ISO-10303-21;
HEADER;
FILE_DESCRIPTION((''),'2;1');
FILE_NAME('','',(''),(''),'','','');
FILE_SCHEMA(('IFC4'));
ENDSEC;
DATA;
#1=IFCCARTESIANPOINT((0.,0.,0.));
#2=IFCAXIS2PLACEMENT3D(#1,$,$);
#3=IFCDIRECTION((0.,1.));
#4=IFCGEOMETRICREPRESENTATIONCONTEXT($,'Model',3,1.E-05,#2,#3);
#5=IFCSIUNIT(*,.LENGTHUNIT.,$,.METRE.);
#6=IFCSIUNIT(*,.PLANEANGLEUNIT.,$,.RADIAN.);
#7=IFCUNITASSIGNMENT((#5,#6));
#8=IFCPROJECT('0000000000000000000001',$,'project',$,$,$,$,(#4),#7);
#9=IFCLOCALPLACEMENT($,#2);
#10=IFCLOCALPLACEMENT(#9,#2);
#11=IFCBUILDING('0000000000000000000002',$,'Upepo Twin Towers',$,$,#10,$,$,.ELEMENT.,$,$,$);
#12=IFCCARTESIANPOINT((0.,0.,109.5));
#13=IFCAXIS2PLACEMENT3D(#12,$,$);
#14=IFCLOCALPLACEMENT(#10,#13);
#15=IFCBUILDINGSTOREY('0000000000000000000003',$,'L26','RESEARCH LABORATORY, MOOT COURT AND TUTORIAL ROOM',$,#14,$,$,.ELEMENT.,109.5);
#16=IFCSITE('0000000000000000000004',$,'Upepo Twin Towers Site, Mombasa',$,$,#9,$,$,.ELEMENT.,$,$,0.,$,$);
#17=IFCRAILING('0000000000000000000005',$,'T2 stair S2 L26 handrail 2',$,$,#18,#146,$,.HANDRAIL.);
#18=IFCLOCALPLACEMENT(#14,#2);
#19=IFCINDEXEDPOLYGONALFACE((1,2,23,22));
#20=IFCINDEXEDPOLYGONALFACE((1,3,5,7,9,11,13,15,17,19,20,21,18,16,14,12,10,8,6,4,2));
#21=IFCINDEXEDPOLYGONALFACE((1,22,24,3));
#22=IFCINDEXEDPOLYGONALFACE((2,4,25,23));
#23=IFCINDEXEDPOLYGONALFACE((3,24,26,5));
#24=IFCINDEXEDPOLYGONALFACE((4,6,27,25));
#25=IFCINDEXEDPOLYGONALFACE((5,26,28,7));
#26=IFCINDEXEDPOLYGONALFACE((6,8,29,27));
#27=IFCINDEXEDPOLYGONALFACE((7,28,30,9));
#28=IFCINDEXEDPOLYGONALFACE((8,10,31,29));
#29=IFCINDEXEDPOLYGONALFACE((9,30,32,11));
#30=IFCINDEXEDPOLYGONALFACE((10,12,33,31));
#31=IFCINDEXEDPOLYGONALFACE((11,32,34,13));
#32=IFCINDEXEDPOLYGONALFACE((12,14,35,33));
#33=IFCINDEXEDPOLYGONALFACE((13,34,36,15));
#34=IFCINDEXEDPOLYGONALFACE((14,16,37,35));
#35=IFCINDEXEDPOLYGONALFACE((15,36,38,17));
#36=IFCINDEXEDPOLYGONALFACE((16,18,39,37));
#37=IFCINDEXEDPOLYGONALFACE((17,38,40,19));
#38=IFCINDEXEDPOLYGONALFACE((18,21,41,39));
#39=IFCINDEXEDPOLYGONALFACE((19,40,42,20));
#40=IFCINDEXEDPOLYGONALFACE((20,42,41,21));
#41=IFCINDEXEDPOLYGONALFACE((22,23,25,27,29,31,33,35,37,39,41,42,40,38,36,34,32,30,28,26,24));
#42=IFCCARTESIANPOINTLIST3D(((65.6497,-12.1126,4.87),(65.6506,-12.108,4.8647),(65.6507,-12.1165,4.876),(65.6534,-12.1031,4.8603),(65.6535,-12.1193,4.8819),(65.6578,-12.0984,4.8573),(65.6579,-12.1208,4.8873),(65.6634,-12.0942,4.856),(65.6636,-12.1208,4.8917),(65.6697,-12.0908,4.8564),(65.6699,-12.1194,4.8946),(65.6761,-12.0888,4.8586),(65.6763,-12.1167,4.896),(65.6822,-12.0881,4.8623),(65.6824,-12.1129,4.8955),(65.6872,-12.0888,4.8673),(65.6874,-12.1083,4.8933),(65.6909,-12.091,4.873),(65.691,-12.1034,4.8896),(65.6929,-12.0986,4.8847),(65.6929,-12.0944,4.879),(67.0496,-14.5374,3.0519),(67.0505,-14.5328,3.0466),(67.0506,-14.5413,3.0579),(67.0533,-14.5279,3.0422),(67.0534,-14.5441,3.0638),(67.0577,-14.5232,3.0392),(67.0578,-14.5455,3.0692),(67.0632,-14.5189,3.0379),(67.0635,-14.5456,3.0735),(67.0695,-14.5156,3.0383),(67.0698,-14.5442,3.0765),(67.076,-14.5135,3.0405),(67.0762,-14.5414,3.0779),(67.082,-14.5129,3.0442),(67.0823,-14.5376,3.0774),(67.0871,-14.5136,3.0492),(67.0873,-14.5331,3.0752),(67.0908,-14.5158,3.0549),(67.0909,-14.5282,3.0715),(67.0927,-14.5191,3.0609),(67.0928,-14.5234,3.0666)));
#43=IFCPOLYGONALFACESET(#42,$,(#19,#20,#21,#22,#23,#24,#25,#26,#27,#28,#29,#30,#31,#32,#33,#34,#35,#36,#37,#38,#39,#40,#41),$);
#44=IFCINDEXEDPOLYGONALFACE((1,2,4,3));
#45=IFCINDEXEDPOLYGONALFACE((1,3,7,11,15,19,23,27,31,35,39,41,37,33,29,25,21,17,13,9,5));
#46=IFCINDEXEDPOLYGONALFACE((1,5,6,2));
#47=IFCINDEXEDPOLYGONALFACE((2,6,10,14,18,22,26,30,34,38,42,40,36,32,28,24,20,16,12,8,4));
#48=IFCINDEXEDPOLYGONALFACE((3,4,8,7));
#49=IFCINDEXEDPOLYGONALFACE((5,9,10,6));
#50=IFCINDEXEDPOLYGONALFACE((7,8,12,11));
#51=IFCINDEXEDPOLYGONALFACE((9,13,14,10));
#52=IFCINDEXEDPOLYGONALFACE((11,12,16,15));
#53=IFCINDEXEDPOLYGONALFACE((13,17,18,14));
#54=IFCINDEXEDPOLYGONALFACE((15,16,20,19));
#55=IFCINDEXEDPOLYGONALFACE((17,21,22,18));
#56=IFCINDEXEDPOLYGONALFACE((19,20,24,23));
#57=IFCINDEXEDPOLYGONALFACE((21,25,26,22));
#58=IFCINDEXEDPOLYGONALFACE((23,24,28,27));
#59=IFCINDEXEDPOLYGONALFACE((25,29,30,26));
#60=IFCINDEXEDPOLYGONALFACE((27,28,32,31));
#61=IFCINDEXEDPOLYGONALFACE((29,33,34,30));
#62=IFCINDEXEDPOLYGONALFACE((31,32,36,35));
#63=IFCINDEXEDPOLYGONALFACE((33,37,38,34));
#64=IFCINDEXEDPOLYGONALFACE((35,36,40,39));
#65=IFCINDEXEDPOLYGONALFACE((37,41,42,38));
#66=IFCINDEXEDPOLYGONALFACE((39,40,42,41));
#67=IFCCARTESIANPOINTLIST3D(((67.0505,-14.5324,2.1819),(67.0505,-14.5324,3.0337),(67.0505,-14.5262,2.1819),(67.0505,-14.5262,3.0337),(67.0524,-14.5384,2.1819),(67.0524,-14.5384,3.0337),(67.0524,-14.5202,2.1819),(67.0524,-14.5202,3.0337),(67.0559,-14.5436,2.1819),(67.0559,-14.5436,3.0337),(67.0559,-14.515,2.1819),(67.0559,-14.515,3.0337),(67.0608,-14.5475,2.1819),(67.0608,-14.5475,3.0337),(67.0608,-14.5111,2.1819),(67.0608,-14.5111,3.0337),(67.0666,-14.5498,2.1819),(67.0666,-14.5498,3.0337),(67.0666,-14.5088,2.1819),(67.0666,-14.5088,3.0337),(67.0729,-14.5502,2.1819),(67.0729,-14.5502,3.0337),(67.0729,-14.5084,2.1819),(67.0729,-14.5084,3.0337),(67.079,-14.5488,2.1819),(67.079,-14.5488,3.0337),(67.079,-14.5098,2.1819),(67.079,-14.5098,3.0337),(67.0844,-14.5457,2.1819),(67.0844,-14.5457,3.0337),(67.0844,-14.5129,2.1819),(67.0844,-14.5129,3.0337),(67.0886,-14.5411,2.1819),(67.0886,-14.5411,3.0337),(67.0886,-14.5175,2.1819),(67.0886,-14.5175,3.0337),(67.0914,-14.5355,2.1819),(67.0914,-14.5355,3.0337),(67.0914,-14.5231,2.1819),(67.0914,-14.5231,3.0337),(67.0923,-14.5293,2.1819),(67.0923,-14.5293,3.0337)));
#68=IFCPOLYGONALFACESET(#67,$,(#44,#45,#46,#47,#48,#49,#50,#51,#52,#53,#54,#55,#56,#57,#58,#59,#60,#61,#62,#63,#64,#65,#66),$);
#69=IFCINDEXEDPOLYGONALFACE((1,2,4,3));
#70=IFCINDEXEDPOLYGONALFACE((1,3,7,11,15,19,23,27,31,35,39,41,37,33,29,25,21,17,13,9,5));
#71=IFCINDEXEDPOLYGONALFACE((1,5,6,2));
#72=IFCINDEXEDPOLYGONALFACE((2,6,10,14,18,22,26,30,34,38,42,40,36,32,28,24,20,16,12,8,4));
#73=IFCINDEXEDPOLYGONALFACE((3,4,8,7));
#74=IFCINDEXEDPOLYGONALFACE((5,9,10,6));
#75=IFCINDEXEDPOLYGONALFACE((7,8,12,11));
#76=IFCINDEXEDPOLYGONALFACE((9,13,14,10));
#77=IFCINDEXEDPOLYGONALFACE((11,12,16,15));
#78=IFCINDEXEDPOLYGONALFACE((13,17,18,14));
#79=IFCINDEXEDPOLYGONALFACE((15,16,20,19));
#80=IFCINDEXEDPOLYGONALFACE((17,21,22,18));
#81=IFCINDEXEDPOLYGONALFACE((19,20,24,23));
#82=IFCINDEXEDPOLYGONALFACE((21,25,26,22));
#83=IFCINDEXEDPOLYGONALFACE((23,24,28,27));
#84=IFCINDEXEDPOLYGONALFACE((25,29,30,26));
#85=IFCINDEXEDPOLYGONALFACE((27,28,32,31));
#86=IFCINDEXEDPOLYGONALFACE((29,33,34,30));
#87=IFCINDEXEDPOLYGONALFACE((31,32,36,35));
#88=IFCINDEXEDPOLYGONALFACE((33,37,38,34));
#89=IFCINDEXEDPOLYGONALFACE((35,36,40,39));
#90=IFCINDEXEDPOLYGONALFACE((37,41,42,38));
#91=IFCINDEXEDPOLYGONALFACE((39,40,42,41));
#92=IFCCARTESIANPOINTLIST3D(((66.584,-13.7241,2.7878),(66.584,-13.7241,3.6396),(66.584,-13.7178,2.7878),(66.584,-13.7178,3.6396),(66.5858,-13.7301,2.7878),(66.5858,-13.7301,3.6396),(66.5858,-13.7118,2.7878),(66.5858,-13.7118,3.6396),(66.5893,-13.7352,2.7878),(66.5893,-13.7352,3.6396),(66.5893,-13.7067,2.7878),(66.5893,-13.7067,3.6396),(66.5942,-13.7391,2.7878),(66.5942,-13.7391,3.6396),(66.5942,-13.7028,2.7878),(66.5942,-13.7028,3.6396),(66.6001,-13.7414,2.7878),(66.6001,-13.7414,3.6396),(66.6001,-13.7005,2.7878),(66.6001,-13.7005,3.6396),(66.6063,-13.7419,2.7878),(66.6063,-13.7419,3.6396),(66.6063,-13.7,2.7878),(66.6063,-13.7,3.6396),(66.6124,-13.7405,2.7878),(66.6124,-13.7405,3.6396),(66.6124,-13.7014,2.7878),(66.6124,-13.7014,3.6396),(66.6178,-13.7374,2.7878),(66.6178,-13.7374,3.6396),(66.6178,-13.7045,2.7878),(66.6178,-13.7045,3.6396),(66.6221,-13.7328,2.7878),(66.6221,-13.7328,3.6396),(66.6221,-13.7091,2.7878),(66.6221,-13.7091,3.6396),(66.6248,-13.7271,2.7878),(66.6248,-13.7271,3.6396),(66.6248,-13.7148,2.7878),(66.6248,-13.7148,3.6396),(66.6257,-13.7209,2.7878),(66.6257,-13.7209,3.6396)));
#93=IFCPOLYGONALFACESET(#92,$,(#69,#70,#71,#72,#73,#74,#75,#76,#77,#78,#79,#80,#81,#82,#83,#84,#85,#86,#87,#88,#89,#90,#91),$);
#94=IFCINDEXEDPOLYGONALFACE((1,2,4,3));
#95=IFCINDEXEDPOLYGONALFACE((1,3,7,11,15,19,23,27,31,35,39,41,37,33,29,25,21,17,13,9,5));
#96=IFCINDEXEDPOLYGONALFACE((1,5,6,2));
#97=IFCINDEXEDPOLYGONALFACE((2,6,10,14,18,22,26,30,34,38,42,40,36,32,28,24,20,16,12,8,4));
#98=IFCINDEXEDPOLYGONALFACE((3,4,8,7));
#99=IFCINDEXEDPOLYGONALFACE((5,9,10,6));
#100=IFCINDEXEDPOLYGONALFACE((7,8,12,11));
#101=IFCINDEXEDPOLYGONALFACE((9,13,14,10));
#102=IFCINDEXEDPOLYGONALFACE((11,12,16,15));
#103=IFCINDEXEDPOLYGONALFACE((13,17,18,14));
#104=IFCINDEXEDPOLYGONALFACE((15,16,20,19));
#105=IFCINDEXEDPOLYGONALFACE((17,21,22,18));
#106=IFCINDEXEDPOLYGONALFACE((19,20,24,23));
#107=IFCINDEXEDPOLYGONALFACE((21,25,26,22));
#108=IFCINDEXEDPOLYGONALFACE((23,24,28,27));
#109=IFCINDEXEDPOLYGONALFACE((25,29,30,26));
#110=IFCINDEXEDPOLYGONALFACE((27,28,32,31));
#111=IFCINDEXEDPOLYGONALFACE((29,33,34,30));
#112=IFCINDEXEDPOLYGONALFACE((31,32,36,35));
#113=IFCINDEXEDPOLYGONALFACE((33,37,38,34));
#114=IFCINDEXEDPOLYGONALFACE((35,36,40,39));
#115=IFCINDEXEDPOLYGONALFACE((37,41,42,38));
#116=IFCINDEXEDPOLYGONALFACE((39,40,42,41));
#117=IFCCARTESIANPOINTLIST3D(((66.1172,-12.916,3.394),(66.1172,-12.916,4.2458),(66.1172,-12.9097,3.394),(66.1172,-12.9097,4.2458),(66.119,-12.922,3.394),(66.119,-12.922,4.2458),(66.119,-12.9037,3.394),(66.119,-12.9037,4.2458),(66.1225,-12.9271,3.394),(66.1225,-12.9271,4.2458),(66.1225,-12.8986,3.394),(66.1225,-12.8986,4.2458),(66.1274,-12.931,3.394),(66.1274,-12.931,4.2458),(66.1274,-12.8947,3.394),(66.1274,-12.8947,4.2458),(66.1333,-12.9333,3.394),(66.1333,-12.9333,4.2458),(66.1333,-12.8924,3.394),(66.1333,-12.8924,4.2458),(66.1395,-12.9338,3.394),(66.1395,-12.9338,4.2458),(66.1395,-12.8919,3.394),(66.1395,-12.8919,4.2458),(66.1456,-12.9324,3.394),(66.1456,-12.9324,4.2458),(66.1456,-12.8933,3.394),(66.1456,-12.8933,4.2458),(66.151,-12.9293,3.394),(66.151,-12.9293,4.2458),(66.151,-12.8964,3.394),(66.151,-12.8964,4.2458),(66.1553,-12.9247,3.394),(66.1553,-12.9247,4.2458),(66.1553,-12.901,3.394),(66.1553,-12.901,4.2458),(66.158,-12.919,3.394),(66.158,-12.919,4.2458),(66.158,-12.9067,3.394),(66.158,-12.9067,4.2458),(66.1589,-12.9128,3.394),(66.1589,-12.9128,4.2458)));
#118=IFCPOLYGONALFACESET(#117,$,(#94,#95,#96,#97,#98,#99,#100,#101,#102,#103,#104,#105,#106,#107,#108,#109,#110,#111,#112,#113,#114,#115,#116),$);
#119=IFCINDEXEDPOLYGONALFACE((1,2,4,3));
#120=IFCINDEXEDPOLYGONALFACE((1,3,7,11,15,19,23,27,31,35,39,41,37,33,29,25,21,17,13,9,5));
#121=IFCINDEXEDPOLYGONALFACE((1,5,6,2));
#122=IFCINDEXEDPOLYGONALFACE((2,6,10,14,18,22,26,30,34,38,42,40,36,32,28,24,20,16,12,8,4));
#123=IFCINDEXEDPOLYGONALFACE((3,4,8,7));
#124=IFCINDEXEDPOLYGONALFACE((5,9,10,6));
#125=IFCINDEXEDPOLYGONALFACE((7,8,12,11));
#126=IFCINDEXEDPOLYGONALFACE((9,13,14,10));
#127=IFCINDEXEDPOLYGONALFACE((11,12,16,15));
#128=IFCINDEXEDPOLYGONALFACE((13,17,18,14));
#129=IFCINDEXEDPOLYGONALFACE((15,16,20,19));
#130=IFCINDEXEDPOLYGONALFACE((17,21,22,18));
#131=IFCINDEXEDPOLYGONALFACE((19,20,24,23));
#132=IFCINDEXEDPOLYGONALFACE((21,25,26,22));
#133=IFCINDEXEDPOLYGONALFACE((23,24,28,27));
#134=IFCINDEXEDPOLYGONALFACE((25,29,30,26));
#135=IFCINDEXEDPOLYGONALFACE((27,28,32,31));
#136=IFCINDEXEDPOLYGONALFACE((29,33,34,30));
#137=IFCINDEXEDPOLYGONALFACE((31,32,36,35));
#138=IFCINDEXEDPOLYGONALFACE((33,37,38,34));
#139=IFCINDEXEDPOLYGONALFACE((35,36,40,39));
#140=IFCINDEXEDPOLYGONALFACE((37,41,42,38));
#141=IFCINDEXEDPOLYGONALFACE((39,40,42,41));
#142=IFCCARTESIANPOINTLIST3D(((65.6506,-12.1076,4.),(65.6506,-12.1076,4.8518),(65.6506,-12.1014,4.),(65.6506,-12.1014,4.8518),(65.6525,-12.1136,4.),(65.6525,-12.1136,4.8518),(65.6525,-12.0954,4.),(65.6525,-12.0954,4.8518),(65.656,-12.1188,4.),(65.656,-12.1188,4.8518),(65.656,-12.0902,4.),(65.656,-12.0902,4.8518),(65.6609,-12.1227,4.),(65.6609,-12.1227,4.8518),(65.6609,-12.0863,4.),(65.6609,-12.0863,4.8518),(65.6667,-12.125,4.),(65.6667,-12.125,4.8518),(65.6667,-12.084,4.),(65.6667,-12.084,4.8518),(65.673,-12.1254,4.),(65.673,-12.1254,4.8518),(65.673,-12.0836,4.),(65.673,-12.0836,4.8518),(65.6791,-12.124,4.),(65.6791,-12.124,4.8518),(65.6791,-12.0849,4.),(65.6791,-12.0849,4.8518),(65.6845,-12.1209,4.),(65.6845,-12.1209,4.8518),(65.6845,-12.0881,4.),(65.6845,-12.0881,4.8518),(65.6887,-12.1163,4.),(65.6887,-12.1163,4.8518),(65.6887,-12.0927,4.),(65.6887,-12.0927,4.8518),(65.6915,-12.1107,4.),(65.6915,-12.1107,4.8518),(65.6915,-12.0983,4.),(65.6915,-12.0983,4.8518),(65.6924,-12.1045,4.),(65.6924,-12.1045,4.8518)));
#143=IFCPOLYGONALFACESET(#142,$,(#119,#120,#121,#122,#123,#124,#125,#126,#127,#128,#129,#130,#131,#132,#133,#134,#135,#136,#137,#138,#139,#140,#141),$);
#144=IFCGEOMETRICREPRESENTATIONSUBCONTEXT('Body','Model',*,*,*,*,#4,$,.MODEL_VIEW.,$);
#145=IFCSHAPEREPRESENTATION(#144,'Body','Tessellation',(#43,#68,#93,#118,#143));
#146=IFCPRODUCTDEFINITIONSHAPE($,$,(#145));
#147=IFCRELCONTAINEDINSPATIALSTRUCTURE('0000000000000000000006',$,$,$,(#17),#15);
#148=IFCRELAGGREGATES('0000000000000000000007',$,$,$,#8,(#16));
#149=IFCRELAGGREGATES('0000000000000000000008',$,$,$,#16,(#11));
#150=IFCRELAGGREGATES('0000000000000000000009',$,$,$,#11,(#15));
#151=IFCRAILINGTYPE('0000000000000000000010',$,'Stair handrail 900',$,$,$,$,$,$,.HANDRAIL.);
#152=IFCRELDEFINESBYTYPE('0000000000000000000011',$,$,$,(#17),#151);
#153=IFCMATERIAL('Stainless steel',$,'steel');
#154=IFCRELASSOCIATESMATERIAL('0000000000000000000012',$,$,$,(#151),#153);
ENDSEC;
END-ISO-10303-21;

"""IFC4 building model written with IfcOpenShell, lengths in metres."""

from ifc_helpers import new_model, si_unit, direction, frame, origin, origin_2d, place, context, subcontext, project, spatial, circle, extrude, material, type_object, element, save


model = new_model("IFC4")

# Units and contexts
model_context = context("Model", 3, precision=1e-05, world=origin(), true_north=direction((0.0, 1.0)))
body_context = subcontext(model_context, "Body", "Model", "MODEL_VIEW")
ifc_project = project(units=[si_unit("LENGTHUNIT", "METRE"), si_unit("PLANEANGLEUNIT", "RADIAN")], contexts=[model_context])

# Site, building, storey
site_placement = place(None, origin())
site = spatial("IfcSite", under=ifc_project, at=site_placement, Name="Upepo Twin Towers Site, Mombasa", CompositionType="ELEMENT", RefElevation=0.0)
building_placement = place(site_placement, origin())
building = spatial("IfcBuilding", under=site, at=building_placement, Name="Upepo Twin Towers", CompositionType="ELEMENT")
storey_placement = place(building_placement, frame((0.0, 0.0, 109.5)))
storey = spatial("IfcBuildingStorey", under=building, at=storey_placement, Name="L26", Description="RESEARCH LABORATORY, MOOT COURT AND TUTORIAL ROOM", CompositionType="ELEMENT", Elevation=109.5)

# Railing
ifc_material_1 = material(Name="Stainless steel", Category="steel")
railing_type = type_object("IfcRailingType", Name="Stair handrail 900", PredefinedType="HANDRAIL", material=ifc_material_1)
railing_1_placement = place(storey_placement, frame((67.0713, -14.5293, 2.1819)))
element("IfcRailing", 1, at=railing_1_placement, inside=storey, type_object=railing_type, Name="T2 stair S2 L26 handrail 2", PredefinedType="HANDRAIL", context=body_context, shape_type="SweptSolid", body=[
    extrude(circle(Radius=0.0239, at=origin_2d()), frame((0.0, 0.0, 0.876), z_axis=(-0.419333, 0.726336, 0.544606), x_axis=(-0.866035, -0.499984, 0.0)), (0.0, 0.0, 1.0), 3.3384),
    extrude(circle(Radius=0.021, at=origin_2d()), origin(), (0.0, 0.0, 1.0), 0.8518),
    extrude(circle(Radius=0.021, at=origin_2d()), frame((-0.4666, 0.8083, 0.606)), (0.0, 0.0, 1.0), 0.8518),
    extrude(circle(Radius=0.021, at=origin_2d()), frame((-0.9333, 1.6165, 1.2122)), (0.0, 0.0, 1.0), 0.8518),
    extrude(circle(Radius=0.021, at=origin_2d()), frame((-1.3999, 2.4248, 1.8181)), (0.0, 0.0, 1.0), 0.8518),
])

save(model, "model.ifc")
